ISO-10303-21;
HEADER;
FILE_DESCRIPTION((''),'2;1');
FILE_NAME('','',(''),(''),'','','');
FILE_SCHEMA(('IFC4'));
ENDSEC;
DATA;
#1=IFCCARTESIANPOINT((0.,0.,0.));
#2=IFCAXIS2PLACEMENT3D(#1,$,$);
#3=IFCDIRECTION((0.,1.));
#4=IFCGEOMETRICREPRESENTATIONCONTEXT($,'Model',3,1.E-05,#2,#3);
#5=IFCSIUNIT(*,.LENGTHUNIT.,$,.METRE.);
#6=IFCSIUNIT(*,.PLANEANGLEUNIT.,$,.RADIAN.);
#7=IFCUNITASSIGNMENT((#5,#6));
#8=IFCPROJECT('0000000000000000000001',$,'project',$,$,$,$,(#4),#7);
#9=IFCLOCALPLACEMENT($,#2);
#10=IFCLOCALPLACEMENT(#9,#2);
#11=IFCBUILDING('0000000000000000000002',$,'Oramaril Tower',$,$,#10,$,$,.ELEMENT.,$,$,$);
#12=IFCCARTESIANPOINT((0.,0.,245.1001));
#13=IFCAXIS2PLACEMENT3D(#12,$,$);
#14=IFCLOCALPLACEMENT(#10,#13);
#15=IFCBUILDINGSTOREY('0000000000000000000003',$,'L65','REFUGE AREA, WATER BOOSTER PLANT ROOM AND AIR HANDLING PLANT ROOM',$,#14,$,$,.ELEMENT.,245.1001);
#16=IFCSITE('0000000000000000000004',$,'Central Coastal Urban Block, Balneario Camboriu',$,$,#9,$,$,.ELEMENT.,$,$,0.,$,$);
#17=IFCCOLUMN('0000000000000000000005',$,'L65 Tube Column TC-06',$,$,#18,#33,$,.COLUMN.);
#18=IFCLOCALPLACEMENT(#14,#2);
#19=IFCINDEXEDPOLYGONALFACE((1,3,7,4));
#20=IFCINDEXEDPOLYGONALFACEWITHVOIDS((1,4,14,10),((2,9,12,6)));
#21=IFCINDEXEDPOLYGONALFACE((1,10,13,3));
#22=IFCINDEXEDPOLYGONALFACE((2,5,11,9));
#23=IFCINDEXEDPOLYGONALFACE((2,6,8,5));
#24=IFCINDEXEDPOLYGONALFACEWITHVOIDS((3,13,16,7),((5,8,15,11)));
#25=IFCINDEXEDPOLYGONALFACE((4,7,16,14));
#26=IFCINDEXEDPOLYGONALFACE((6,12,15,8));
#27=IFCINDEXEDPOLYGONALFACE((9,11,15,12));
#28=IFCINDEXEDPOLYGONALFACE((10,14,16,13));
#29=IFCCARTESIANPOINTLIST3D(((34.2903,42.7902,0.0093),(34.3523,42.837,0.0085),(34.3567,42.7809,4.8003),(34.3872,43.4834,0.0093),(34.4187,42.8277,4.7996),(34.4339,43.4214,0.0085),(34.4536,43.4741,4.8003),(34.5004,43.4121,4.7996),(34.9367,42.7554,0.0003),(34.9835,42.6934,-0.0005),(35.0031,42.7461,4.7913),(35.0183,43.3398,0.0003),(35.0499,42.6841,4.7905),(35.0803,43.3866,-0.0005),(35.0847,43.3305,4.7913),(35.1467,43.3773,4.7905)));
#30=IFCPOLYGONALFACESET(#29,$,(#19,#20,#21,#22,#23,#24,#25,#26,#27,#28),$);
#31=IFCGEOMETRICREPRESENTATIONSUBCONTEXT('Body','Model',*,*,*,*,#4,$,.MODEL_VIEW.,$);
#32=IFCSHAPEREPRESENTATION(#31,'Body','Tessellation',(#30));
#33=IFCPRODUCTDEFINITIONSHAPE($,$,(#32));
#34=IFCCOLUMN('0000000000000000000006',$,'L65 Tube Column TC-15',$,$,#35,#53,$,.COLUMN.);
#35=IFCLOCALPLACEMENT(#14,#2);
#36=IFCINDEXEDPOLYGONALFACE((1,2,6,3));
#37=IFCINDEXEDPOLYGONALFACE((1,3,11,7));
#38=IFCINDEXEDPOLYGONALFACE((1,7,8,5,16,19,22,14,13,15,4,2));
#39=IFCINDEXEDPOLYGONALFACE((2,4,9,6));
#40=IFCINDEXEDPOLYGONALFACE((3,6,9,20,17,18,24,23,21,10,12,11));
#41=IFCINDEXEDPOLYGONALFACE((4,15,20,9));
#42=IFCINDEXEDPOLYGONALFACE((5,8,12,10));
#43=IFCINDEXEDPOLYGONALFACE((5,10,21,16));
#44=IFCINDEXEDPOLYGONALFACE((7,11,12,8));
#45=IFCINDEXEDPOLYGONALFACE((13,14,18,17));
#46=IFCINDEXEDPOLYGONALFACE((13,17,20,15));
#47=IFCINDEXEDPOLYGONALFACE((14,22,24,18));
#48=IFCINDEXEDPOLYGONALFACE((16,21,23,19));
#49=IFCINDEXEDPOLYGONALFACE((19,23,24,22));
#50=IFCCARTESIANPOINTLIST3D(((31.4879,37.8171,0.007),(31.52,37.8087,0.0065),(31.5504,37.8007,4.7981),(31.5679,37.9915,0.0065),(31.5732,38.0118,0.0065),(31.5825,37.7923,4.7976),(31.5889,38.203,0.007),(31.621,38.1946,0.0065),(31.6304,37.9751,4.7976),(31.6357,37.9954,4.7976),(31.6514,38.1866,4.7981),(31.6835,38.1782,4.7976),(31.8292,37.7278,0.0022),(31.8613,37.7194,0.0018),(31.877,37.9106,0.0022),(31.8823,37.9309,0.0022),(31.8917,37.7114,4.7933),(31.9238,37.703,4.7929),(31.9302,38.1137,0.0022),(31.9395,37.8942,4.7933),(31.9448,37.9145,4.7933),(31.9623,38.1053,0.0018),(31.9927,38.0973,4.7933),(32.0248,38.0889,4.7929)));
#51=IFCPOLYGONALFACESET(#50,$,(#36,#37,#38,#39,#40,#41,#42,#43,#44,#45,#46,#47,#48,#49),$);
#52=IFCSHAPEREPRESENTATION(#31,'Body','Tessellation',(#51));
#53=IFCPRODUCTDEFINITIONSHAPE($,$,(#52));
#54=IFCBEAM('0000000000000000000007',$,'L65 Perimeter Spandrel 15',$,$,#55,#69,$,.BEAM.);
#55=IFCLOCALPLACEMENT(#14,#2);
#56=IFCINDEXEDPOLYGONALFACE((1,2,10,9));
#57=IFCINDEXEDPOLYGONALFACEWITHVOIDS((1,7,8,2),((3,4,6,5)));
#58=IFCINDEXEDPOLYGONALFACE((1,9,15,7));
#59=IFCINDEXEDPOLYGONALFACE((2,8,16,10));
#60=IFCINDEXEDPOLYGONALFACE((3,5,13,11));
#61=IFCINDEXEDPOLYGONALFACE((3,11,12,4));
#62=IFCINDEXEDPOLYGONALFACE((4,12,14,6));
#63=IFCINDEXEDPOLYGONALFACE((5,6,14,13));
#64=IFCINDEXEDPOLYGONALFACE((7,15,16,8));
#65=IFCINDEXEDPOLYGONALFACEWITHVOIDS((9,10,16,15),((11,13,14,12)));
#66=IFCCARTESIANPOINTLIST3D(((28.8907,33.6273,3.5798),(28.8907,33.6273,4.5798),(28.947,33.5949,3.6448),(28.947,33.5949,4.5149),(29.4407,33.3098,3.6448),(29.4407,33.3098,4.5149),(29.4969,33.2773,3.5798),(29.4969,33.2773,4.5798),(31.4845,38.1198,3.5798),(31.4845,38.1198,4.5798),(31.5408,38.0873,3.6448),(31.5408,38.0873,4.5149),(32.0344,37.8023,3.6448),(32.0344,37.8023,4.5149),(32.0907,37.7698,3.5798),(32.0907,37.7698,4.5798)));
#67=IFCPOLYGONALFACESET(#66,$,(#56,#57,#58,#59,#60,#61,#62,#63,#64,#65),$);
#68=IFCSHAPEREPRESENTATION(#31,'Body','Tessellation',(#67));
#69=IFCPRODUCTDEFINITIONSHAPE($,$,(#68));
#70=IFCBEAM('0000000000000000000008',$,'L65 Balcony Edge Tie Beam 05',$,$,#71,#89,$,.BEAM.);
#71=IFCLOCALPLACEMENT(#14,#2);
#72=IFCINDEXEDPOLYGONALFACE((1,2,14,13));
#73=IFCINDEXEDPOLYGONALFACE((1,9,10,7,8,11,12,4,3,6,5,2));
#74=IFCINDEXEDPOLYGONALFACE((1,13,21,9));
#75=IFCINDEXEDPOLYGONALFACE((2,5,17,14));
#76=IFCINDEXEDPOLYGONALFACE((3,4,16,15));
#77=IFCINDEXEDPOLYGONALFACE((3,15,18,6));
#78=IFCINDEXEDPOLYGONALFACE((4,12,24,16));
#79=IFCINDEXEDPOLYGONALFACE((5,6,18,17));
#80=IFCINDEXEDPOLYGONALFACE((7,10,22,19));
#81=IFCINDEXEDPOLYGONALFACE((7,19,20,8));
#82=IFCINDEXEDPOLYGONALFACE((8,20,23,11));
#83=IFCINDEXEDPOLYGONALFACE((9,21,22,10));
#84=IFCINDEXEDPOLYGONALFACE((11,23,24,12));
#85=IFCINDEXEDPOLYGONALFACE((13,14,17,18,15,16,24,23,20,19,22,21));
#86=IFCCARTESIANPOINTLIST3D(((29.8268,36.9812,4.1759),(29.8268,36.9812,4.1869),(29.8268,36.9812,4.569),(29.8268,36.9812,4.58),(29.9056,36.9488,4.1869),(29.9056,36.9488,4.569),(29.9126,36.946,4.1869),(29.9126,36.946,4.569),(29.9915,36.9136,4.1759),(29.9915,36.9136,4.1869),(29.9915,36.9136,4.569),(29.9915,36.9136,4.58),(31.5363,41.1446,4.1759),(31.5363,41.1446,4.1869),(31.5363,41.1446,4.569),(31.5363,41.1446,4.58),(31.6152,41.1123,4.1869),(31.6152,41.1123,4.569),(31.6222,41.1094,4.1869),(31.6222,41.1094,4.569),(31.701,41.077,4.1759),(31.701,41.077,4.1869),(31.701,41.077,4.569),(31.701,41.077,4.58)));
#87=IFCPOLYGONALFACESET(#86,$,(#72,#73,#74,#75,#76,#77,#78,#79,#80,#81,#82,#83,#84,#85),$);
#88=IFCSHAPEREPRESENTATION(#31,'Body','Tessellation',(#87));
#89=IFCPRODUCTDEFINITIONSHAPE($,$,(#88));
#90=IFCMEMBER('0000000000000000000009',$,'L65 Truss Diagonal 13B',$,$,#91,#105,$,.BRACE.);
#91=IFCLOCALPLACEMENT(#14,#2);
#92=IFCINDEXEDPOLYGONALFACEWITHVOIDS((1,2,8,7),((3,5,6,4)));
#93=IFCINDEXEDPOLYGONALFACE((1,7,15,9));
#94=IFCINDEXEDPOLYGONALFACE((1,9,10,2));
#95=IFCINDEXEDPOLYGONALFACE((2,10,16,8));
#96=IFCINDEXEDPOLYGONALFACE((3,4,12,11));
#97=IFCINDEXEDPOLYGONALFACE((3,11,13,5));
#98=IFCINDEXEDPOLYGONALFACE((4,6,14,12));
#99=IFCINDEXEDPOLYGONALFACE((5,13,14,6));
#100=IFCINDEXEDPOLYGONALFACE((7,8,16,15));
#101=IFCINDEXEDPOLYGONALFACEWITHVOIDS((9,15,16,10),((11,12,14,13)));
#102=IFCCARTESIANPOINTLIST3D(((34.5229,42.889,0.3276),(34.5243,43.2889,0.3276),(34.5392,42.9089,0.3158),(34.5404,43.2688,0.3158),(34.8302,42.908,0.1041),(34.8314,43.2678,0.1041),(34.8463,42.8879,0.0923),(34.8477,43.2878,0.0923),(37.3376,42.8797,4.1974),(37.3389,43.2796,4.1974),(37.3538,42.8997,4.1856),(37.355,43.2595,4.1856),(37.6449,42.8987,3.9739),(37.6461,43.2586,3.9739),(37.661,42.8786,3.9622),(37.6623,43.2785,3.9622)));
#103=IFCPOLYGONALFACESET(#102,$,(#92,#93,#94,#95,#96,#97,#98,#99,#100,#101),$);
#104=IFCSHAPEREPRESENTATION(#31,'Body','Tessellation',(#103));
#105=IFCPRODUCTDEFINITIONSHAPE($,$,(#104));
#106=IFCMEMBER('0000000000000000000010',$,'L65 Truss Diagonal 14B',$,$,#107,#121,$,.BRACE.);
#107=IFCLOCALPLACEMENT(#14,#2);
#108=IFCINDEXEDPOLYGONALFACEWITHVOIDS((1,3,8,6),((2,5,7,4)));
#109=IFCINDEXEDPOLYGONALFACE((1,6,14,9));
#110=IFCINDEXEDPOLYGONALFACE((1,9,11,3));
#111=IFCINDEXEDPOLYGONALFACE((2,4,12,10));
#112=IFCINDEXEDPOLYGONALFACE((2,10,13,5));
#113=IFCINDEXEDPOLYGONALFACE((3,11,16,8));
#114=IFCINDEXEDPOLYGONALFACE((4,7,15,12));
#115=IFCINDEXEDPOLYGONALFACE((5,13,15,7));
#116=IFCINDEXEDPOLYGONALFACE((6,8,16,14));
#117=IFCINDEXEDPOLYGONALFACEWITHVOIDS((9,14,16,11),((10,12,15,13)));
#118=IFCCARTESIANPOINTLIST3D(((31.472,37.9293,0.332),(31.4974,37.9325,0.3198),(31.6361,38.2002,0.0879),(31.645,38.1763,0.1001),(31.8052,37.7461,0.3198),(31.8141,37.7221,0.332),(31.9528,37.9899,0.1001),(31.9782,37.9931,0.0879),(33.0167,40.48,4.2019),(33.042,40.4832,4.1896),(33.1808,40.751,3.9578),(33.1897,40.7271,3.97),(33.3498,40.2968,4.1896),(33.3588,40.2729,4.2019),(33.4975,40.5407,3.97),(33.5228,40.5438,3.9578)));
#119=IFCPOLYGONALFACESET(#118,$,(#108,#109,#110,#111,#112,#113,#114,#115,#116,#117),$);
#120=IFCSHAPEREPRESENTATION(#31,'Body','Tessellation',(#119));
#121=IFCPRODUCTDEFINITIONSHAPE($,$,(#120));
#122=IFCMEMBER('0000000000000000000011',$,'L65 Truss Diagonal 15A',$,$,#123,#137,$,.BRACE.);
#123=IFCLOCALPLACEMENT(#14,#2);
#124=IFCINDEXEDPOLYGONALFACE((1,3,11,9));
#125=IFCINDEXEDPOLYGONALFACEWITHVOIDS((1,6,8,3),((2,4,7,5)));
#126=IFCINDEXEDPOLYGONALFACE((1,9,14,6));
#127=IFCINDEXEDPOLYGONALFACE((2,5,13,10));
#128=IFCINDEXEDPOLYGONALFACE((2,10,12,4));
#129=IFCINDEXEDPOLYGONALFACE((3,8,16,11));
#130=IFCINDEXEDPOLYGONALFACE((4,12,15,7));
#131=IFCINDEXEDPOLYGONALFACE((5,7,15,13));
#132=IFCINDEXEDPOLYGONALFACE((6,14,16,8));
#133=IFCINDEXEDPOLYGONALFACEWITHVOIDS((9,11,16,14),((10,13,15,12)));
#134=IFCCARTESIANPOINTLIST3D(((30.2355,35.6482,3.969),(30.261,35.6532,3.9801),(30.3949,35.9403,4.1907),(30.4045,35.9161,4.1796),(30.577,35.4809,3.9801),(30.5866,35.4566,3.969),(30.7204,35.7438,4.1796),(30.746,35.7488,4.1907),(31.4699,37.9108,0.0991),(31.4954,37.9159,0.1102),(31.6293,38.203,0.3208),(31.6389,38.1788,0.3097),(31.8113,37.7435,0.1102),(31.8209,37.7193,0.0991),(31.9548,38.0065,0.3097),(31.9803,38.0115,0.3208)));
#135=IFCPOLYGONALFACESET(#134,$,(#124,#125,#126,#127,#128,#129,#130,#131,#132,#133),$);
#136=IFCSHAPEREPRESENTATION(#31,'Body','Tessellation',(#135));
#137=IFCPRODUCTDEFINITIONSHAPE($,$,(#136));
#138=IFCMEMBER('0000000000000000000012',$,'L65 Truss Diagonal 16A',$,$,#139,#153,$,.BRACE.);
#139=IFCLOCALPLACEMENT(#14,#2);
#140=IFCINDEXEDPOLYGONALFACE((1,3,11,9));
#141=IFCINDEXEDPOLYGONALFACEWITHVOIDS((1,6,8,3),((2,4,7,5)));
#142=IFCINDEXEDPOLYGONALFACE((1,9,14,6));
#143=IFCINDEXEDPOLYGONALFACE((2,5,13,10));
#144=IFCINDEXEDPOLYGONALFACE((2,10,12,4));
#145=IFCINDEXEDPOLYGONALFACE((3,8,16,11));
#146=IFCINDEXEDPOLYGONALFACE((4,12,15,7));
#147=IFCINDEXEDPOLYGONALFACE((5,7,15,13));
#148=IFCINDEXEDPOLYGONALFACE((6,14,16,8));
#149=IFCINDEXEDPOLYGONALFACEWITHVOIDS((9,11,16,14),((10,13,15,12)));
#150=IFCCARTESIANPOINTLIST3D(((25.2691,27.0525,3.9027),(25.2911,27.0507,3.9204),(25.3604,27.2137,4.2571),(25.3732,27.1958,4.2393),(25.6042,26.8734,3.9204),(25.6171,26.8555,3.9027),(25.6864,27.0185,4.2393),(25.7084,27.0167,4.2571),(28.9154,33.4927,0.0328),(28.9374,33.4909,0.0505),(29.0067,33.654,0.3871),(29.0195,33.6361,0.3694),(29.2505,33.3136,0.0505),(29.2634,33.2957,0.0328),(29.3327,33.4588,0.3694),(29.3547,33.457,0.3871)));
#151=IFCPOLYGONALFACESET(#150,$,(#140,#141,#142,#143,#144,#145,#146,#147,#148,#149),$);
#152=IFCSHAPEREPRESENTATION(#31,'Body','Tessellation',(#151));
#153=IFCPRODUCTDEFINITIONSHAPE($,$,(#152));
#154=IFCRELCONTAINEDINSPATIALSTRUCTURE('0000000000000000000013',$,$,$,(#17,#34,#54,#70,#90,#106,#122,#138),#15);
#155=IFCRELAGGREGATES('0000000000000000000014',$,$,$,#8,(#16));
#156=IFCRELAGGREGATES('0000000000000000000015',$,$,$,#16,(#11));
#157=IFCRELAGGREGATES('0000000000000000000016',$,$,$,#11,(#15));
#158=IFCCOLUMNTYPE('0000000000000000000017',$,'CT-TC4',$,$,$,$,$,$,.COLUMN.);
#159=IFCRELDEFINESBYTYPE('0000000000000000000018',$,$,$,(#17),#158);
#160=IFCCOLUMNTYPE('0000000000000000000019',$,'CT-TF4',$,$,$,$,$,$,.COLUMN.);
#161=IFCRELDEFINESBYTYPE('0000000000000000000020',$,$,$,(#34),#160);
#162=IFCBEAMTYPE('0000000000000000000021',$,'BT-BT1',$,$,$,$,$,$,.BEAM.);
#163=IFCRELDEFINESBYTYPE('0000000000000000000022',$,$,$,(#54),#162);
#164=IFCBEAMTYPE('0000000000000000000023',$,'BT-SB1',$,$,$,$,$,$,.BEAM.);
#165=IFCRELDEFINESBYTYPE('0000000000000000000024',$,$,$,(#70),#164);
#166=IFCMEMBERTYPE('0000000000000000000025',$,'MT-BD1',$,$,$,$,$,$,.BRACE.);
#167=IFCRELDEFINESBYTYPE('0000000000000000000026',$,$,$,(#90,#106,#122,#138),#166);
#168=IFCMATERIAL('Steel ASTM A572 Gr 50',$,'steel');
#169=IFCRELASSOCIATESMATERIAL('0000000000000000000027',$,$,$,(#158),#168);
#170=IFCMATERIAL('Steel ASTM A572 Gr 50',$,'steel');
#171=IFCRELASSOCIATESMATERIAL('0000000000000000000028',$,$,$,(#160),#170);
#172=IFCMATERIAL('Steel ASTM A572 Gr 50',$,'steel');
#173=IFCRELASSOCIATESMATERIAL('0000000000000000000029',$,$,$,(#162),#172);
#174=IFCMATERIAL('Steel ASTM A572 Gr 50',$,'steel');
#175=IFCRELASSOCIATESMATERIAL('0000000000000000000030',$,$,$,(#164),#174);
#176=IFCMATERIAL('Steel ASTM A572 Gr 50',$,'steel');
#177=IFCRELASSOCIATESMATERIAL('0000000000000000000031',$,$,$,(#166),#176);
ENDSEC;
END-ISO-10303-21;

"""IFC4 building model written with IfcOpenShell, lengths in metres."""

from ifc_helpers import new_model, si_unit, direction, frame, origin, origin_2d, place, context, subcontext, project, spatial, hollow_rectangle, i_section, extrude, material, material_profile, profile_set, type_object, element, save


model = new_model("IFC4")

# Units and contexts
model_context = context("Model", 3, precision=1e-05, world=origin(), true_north=direction((0.0, 1.0)))
body_context = subcontext(model_context, "Body", "Model", "MODEL_VIEW")
ifc_project = project(units=[si_unit("LENGTHUNIT", "METRE"), si_unit("PLANEANGLEUNIT", "RADIAN")], contexts=[model_context])

# Site, building, storey
site_placement = place(None, origin())
site = spatial("IfcSite", under=ifc_project, at=site_placement, Name="Central Coastal Urban Block, Balneario Camboriu", CompositionType="ELEMENT", RefElevation=0.0)
building_placement = place(site_placement, origin())
building = spatial("IfcBuilding", under=site, at=building_placement, Name="Oramaril Tower", CompositionType="ELEMENT")
storey_placement = place(building_placement, frame((0.0, 0.0, 245.1001)))
storey = spatial("IfcBuildingStorey", under=building, at=storey_placement, Name="L65", Description="REFUGE AREA, WATER BOOSTER PLANT ROOM AND AIR HANDLING PLANT ROOM", CompositionType="ELEMENT", Elevation=245.1001)

# Columns
ifc_material_1 = material(Name="Steel ASTM A572 Gr 50", Category="steel")
ifc_material_profile_1 = material_profile(ifc_material_1, hollow_rectangle(XDim=0.7, YDim=0.7, WallThickness=0.0549, at=origin_2d()), Name="BOX700X700X55")
ifc_profile_set_1 = profile_set([ifc_material_profile_1], Name="Steel ASTM A572 Gr 50")
column_type_1 = type_object("IfcColumnType", Name="CT-TC4", PredefinedType="COLUMN", material=ifc_profile_set_1)
column_1_placement = place(storey_placement, frame((34.6853, 43.0884, 0.0044), z_axis=(0.013859, -0.001936, 0.999902), x_axis=(0.138362, 0.990382, 0.0)))
element("IfcColumn", 1, at=column_1_placement, inside=storey, type_object=column_type_1, Name="L65 Tube Column TC-06", PredefinedType="COLUMN", context=body_context, shape_type="SweptSolid", body=[
    extrude(hollow_rectangle(XDim=0.7, YDim=0.7, WallThickness=0.0549, at=origin_2d()), origin(), (0.0, 0.0, 1.0), 4.7915),
])
ifc_material_2 = material(Name="Steel ASTM A572 Gr 50", Category="steel")
ifc_material_profile_2 = material_profile(ifc_material_2, i_section(OverallWidth=0.3989, OverallDepth=0.386, WebThickness=0.021, FlangeThickness=0.0332, at=origin_2d()), Name="W14X176")
ifc_profile_set_2 = profile_set([ifc_material_profile_2], Name="Steel ASTM A572 Gr 50")
column_type_2 = type_object("IfcColumnType", Name="CT-TF4", PredefinedType="COLUMN", material=ifc_profile_set_2)
column_2_placement = place(storey_placement, frame((31.7251, 37.9612, 0.0044), z_axis=(0.013044, -0.003414, 0.999909), x_axis=(0.253191, 0.967416, 0.0)))
element("IfcColumn", 2, at=column_2_placement, inside=storey, type_object=column_type_2, Name="L65 Tube Column TC-15", PredefinedType="COLUMN", context=body_context, shape_type="SweptSolid", body=[
    extrude(i_section(OverallWidth=0.3989, OverallDepth=0.386, WebThickness=0.021, FlangeThickness=0.0332, at=origin_2d()), origin(), (0.0, 0.0, 1.0), 4.7915),
])

# Beams
ifc_material_3 = material(Name="Steel ASTM A572 Gr 50", Category="steel")
ifc_material_profile_3 = material_profile(ifc_material_3, hollow_rectangle(XDim=0.7, YDim=1.0, WallThickness=0.0649, at=origin_2d()), Name="BOX1000X700X65")
ifc_profile_set_3 = profile_set([ifc_material_profile_3], Name="Steel ASTM A572 Gr 50")
beam_type_1 = type_object("IfcBeamType", Name="BT-BT1", PredefinedType="BEAM", material=ifc_profile_set_3)
beam_1_placement = place(storey_placement, frame((31.7876, 37.9448, 4.0798), z_axis=(-0.500006, -0.866022, 0.0), x_axis=(0.866022, -0.500006, 0.0)))
element("IfcBeam", 3, at=beam_1_placement, inside=storey, type_object=beam_type_1, Name="L65 Perimeter Spandrel 15", PredefinedType="BEAM", context=body_context, shape_type="SweptSolid", body=[
    extrude(hollow_rectangle(XDim=0.7, YDim=1.0, WallThickness=0.0649, at=origin_2d()), origin(), (0.0, 0.0, 1.0), 5.1875),
])
ifc_material_4 = material(Name="Steel ASTM A572 Gr 50", Category="steel")
ifc_material_profile_4 = material_profile(ifc_material_4, i_section(OverallWidth=0.178, OverallDepth=0.4041, WebThickness=0.0076, FlangeThickness=0.011, at=origin_2d()), Name="W16X36")
ifc_profile_set_4 = profile_set([ifc_material_profile_4], Name="Steel ASTM A572 Gr 50")
beam_type_2 = type_object("IfcBeamType", Name="BT-SB1", PredefinedType="BEAM", material=ifc_profile_set_4)
beam_2_placement = place(storey_placement, frame((31.6187, 41.1108, 4.3779), z_axis=(-0.37983, -0.925056, 0.0), x_axis=(0.925056, -0.37983, 0.0)))
element("IfcBeam", 4, at=beam_2_placement, inside=storey, type_object=beam_type_2, Name="L65 Balcony Edge Tie Beam 05", PredefinedType="BEAM", context=body_context, shape_type="SweptSolid", body=[
    extrude(i_section(OverallWidth=0.178, OverallDepth=0.4041, WebThickness=0.0076, FlangeThickness=0.011, at=origin_2d()), origin(), (0.0, 0.0, 1.0), 4.5007),
])

# Members
ifc_material_5 = material(Name="Steel ASTM A572 Gr 50", Category="steel")
ifc_material_profile_5 = material_profile(ifc_material_5, hollow_rectangle(XDim=0.3999, YDim=0.3999, WallThickness=0.02, at=origin_2d()), Name="HSS400X400X20")
ifc_profile_set_5 = profile_set([ifc_material_profile_5], Name="Steel ASTM A572 Gr 50")
member_type_1 = type_object("IfcMemberType", Name="MT-BD1", PredefinedType="BRACE", material=ifc_profile_set_5)
member_1_placement = place(storey_placement, frame((34.6853, 43.0884, 0.21), z_axis=(0.588204, -0.001939, 0.80871), x_axis=(0.003296, 0.999995, 0.0)))
element("IfcMember", 5, at=member_1_placement, inside=storey, type_object=member_type_1, Name="L65 Truss Diagonal 13B", PredefinedType="BRACE", context=body_context, shape_type="SweptSolid", body=[
    extrude(hollow_rectangle(XDim=0.3999, YDim=0.3999, WallThickness=0.02, at=origin_2d()), origin(), (0.0, 0.0, 1.0), 4.7852),
])
member_2_placement = place(storey_placement, frame((31.7251, 37.9612, 0.21), z_axis=(0.316174, 0.522109, 0.792109), x_axis=(-0.855384, 0.517995, 0.0)))
element("IfcMember", 6, at=member_2_placement, inside=storey, type_object=member_type_1, Name="L65 Truss Diagonal 14B", PredefinedType="BRACE", context=body_context, shape_type="SweptSolid", body=[
    extrude(hollow_rectangle(XDim=0.3999, YDim=0.3999, WallThickness=0.02, at=origin_2d()), origin(), (0.0, 0.0, 1.0), 4.8855),
])
member_3_placement = place(storey_placement, frame((31.7251, 37.9612, 0.21), z_axis=(-0.265476, -0.486636, 0.832291), x_axis=(0.877867, -0.478905, 0.0)))
element("IfcMember", 7, at=member_3_placement, inside=storey, type_object=member_type_1, Name="L65 Truss Diagonal 15A", PredefinedType="BRACE", context=body_context, shape_type="SweptSolid", body=[
    extrude(hollow_rectangle(XDim=0.3999, YDim=0.3999, WallThickness=0.02, at=origin_2d()), origin(), (0.0, 0.0, 1.0), 4.6497),
])
member_4_placement = place(storey_placement, frame((29.135, 33.4749, 0.21), z_axis=(-0.436599, -0.771144, 0.463377), x_axis=(0.870207, -0.492685, 0.0)))
element("IfcMember", 8, at=member_4_placement, inside=storey, type_object=member_type_1, Name="L65 Truss Diagonal 16A", PredefinedType="BRACE", context=body_context, shape_type="SweptSolid", body=[
    extrude(hollow_rectangle(XDim=0.3999, YDim=0.3999, WallThickness=0.02, at=origin_2d()), origin(), (0.0, 0.0, 1.0), 8.3516),
])

save(model, "model.ifc")
